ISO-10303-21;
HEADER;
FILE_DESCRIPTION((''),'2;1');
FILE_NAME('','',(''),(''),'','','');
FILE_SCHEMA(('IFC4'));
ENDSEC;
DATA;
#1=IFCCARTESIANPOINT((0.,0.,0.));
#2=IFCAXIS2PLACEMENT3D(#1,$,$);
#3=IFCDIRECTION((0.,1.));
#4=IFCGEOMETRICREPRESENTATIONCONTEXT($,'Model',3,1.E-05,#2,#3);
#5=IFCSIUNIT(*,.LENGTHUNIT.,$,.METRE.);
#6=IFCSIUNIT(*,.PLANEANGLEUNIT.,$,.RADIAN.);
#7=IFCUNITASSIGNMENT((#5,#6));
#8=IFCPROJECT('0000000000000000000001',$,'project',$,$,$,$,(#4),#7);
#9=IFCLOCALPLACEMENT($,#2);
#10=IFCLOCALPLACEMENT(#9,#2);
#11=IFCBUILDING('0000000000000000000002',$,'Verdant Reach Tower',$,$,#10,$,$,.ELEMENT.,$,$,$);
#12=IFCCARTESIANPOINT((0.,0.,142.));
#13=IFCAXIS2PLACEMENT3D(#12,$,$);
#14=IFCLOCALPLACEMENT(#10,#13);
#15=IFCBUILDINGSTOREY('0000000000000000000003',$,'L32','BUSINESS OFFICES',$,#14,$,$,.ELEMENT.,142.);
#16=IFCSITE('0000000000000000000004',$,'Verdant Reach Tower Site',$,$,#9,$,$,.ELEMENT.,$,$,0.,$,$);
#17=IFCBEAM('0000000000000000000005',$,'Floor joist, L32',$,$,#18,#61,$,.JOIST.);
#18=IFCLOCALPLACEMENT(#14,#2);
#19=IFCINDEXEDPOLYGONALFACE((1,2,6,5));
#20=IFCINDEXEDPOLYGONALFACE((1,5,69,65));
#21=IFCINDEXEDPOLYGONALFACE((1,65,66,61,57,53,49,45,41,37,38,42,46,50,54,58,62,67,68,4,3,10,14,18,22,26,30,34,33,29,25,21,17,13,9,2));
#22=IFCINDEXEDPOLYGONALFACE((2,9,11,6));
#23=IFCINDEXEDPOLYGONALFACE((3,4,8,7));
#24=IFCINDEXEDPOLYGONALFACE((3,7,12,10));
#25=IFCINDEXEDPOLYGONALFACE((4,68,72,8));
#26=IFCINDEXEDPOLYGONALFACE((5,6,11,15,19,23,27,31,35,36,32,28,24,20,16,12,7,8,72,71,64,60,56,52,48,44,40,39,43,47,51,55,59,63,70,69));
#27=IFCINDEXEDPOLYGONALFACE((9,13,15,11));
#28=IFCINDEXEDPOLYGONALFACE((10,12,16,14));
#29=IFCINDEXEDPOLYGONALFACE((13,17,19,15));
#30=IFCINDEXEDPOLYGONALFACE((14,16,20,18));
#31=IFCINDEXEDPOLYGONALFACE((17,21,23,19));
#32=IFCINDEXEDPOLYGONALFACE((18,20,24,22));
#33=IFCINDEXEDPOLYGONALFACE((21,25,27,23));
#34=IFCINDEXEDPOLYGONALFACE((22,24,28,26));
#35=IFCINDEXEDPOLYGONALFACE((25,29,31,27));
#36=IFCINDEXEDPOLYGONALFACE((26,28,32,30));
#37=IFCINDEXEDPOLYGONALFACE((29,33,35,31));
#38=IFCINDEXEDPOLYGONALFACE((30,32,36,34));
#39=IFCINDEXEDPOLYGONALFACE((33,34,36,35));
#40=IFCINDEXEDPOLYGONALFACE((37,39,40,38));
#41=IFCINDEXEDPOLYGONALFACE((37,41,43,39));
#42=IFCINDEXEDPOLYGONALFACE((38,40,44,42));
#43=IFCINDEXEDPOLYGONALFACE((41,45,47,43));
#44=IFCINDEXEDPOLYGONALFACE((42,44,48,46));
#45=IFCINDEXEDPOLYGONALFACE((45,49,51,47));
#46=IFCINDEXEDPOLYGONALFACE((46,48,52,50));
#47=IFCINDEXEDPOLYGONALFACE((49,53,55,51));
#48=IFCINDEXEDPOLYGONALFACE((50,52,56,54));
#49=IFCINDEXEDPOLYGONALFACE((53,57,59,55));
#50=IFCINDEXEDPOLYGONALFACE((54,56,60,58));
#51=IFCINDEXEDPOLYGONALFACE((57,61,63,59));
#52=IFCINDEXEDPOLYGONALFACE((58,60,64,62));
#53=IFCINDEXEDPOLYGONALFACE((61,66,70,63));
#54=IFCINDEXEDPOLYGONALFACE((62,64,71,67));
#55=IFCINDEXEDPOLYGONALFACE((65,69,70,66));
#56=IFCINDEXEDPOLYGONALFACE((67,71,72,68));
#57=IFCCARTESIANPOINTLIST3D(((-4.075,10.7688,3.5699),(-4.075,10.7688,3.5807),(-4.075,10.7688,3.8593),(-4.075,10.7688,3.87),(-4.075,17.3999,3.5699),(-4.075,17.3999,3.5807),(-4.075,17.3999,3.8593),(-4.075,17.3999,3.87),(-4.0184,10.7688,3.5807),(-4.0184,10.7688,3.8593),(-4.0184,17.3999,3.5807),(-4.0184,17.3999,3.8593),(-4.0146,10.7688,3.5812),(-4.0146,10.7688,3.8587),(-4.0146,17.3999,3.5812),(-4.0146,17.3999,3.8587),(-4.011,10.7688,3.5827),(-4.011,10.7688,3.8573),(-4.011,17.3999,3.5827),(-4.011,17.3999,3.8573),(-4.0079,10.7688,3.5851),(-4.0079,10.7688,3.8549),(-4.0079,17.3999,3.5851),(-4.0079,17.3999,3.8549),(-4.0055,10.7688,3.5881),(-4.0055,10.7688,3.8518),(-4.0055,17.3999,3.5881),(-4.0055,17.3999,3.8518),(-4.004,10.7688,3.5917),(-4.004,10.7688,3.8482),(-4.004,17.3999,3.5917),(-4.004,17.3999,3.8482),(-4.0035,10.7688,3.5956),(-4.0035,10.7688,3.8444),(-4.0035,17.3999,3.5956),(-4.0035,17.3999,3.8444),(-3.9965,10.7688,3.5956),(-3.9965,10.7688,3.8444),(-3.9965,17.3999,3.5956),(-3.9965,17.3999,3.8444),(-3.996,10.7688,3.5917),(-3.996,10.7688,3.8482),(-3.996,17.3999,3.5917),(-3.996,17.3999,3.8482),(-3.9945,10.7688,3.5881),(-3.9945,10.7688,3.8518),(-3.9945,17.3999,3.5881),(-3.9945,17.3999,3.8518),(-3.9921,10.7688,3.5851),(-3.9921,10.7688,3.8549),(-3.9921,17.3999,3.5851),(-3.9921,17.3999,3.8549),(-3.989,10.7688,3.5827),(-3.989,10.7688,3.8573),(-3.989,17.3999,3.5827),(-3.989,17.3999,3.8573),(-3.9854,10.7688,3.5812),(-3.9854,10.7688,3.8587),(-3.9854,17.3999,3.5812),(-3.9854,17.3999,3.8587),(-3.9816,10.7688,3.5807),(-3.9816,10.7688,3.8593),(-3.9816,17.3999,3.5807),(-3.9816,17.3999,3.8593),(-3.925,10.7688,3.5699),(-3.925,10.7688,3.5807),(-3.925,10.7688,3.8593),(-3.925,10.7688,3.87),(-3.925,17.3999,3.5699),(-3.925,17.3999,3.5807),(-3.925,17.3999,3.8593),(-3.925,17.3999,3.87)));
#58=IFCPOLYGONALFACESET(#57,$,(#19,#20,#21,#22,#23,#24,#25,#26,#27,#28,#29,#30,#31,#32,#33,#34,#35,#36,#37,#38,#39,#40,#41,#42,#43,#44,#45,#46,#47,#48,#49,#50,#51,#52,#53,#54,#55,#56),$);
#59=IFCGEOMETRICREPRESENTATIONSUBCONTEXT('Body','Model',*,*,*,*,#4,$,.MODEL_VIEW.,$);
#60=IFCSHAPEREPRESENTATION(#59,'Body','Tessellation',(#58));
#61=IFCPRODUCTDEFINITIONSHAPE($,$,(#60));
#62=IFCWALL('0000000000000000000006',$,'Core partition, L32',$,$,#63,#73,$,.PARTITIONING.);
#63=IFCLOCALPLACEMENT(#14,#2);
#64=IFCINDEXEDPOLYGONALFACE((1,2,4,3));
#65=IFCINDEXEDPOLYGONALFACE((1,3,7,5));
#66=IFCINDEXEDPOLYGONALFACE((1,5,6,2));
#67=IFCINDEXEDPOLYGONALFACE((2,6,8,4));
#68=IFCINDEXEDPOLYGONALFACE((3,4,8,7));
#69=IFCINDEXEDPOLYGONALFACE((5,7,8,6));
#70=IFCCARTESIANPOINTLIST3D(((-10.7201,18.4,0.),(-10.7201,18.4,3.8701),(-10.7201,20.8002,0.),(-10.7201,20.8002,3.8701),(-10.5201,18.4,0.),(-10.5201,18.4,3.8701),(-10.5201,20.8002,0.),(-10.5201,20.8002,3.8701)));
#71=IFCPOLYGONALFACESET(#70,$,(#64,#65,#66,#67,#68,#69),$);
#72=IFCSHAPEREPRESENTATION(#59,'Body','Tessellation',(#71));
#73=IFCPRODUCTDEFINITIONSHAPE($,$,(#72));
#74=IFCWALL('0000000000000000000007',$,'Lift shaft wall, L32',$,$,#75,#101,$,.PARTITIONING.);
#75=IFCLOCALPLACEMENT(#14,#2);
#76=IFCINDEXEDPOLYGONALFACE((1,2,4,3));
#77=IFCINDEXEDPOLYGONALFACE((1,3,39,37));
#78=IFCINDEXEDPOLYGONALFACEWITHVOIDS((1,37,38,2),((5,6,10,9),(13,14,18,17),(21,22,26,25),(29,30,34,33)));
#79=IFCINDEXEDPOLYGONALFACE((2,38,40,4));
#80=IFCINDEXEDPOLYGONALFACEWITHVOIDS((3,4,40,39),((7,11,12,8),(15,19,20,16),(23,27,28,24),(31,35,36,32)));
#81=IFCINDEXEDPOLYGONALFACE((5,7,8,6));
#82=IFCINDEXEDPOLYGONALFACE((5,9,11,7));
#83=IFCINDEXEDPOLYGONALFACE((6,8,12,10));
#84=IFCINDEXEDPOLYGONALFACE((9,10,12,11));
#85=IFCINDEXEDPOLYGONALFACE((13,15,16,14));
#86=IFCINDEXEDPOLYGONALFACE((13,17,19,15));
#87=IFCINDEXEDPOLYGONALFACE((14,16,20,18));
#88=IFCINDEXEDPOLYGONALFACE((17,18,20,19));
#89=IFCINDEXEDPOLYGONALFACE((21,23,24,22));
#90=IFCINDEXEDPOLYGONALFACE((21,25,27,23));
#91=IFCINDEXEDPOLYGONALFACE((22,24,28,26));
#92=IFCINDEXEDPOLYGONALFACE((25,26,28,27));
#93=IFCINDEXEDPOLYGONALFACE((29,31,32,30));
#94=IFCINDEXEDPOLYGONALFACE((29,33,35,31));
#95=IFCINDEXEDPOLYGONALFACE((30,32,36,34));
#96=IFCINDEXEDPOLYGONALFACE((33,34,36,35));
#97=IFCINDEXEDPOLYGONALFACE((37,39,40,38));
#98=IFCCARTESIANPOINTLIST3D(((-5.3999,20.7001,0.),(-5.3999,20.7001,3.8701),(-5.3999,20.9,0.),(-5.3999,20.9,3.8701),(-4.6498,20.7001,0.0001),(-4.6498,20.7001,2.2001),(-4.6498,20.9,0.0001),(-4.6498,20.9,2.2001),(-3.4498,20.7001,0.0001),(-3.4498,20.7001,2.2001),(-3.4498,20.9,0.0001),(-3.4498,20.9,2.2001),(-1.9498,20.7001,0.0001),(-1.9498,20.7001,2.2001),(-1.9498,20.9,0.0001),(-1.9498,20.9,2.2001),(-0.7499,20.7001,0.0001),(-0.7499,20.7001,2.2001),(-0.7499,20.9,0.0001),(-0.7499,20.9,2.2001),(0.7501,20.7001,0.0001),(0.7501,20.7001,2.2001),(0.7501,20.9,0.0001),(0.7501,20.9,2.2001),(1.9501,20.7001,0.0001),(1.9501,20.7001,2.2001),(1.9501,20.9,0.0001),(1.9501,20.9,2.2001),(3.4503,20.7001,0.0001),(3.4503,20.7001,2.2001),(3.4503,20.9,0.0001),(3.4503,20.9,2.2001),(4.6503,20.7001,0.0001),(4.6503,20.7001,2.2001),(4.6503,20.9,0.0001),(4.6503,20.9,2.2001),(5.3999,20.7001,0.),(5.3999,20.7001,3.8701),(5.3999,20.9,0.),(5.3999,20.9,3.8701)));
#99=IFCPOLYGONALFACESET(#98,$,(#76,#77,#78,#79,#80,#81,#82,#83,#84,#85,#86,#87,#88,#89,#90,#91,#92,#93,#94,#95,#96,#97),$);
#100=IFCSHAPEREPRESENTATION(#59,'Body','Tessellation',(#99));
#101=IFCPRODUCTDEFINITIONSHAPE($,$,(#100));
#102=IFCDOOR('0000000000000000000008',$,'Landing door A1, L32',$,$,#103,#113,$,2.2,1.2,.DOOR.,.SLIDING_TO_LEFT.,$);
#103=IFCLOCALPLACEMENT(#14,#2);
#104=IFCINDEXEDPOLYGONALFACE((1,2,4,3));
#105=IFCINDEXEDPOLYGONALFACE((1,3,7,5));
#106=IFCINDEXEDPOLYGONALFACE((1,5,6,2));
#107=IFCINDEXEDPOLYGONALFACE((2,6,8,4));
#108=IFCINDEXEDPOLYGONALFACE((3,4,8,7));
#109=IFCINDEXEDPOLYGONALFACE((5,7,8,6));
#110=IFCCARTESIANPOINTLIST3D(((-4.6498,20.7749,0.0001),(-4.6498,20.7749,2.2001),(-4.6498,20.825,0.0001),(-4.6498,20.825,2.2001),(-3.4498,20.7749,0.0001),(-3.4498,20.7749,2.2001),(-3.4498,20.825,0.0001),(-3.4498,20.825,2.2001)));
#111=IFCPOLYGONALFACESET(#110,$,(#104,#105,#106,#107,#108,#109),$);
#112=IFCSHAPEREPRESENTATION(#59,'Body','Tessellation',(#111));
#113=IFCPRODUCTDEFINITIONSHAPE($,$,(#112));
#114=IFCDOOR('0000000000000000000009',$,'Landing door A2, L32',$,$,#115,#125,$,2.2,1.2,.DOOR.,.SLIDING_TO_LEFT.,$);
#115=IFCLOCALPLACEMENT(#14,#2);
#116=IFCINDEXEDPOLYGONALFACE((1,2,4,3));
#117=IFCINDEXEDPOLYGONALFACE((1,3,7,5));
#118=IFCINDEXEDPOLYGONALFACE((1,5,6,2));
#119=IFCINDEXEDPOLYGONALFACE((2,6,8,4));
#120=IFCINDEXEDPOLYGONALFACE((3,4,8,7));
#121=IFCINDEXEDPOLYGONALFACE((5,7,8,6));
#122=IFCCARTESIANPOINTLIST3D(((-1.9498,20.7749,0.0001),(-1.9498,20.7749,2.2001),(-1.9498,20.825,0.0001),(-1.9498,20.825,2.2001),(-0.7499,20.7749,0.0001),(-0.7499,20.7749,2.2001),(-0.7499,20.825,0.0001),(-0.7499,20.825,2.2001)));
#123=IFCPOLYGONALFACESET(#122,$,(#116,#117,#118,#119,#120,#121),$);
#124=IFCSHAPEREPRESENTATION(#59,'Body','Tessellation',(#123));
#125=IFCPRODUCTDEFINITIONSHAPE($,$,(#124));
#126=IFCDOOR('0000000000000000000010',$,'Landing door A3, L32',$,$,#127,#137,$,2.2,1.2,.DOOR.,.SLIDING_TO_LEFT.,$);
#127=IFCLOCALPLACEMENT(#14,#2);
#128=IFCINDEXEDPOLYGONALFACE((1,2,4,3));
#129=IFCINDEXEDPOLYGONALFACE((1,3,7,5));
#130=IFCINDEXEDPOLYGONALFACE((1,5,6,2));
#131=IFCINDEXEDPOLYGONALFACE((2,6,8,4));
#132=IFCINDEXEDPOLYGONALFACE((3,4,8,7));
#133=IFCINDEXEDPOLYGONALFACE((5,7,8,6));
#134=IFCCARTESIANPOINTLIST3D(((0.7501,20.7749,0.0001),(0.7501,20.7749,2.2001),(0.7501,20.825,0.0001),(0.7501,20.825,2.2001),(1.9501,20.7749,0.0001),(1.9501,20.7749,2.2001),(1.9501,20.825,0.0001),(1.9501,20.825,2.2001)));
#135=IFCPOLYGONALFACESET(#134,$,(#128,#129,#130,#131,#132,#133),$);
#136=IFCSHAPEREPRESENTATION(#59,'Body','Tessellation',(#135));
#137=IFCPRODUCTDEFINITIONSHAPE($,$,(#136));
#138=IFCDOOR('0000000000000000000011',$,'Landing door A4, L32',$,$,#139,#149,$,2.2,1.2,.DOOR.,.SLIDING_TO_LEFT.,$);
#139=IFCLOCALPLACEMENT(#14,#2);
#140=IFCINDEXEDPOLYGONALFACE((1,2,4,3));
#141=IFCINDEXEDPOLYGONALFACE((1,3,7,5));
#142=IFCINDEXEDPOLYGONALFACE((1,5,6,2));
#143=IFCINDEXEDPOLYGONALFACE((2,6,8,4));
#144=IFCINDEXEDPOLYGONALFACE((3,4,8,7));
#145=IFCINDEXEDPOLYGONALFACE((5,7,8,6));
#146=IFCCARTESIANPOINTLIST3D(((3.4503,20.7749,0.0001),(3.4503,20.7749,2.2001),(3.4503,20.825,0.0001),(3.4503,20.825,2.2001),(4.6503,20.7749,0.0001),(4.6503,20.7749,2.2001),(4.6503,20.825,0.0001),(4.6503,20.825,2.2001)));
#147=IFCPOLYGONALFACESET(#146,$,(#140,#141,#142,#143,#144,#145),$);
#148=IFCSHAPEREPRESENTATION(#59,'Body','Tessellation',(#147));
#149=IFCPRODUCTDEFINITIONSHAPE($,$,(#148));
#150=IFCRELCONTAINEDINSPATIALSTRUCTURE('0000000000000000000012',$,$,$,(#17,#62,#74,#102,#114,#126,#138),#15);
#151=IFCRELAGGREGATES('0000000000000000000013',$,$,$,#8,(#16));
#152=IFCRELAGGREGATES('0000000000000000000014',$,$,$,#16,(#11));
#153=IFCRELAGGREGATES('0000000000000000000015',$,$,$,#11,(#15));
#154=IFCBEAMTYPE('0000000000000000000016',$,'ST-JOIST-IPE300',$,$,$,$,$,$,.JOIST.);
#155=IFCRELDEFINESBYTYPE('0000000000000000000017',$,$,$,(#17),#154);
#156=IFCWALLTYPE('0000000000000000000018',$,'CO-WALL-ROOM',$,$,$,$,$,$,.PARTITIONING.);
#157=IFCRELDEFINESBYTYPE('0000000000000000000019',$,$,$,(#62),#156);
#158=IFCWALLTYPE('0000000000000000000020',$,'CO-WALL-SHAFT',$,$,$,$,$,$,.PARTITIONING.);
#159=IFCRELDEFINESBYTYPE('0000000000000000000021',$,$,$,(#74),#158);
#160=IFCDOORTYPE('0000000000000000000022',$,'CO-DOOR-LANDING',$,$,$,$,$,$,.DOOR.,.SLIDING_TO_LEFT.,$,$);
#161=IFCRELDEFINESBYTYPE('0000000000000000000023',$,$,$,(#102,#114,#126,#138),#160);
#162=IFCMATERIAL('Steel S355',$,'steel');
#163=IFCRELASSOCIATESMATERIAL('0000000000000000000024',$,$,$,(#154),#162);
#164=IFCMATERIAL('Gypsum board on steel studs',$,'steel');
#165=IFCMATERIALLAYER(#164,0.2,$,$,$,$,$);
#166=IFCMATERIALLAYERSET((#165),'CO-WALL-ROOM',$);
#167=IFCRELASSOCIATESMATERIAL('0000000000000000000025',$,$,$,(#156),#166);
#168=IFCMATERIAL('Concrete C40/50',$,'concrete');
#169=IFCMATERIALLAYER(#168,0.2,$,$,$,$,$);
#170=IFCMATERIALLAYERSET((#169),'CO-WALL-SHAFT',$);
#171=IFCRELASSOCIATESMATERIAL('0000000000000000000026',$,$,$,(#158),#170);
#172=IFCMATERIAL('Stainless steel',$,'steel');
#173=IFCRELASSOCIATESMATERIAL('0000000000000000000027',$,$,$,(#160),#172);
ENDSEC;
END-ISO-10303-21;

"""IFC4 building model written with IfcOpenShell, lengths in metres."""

from ifc_helpers import new_model, si_unit, direction, frame, frame_2d, origin, origin_2d, place, context, subcontext, project, spatial, rectangle, i_section, extrude, material, layer, layer_set, material_profile, profile_set, type_object, element, fill, save


model = new_model("IFC4")

# Units and contexts
model_context = context("Model", 3, precision=1e-05, world=origin(), true_north=direction((0.0, 1.0)))
body_context = subcontext(model_context, "Body", "Model", "MODEL_VIEW")
ifc_project = project(units=[si_unit("LENGTHUNIT", "METRE"), si_unit("PLANEANGLEUNIT", "RADIAN")], contexts=[model_context])

# Site, building, storey
site_placement = place(None, origin())
site = spatial("IfcSite", under=ifc_project, at=site_placement, Name="Verdant Reach Tower Site", CompositionType="ELEMENT", RefElevation=0.0)
building_placement = place(site_placement, origin())
building = spatial("IfcBuilding", under=site, at=building_placement, Name="Verdant Reach Tower", CompositionType="ELEMENT")
storey_placement = place(building_placement, frame((0.0, 0.0, 142.0)))
storey = spatial("IfcBuildingStorey", under=building, at=storey_placement, Name="L32", Description="BUSINESS OFFICES", CompositionType="ELEMENT", Elevation=142.0)

# Beam
ifc_material_1 = material(Name="Steel S355", Category="steel")
ifc_material_profile = material_profile(ifc_material_1, i_section(OverallWidth=0.1499, OverallDepth=0.3, WebThickness=0.0071, FlangeThickness=0.0107, FilletRadius=0.0149, at=origin_2d()), Name="IPE 300")
ifc_profile_set = profile_set([ifc_material_profile], Name="Steel S355")
beam_type = type_object("IfcBeamType", Name="ST-JOIST-IPE300", PredefinedType="JOIST", material=ifc_profile_set)
beam_placement = place(storey_placement, frame((-4.0, 17.3999, 3.72), z_axis=(0.0, -1.0, 0.0), x_axis=(1.0, 0.0, 0.0)))
element("IfcBeam", 1, at=beam_placement, inside=storey, type_object=beam_type, Name="Floor joist, L32", PredefinedType="JOIST", context=body_context, shape_type="SweptSolid", body=[
    extrude(i_section(OverallWidth=0.1499, OverallDepth=0.3, WebThickness=0.0071, FlangeThickness=0.0107, FilletRadius=0.0149, at=origin_2d()), origin(), (0.0, 0.0, 1.0), 6.6311),
])

# Wall
ifc_material_2 = material(Name="Gypsum board on steel studs", Category="steel")
ifc_layer_1 = layer(ifc_material_2, 0.2)
ifc_layer_set_1 = layer_set([ifc_layer_1], Name="CO-WALL-ROOM")
wall_type_1 = type_object("IfcWallType", Name="CO-WALL-ROOM", PredefinedType="PARTITIONING", material=ifc_layer_set_1)
wall_1_placement = place(storey_placement, frame((-10.6201, 18.3999, 0.0), z_axis=(0.0, 0.0, 1.0), x_axis=(0.0, 1.0, 0.0)))
element("IfcWall", 2, at=wall_1_placement, inside=storey, type_object=wall_type_1, Name="Core partition, L32", PredefinedType="PARTITIONING", context=body_context, shape_type="SweptSolid", body=[
    extrude(rectangle(XDim=2.4001, YDim=0.2, at=frame_2d((1.2002, 0.0))), origin(), (0.0, 0.0, 1.0), 3.8701),
])

# Wall, openings, doors
ifc_material_3 = material(Name="Concrete C40/50", Category="concrete")
ifc_layer_2 = layer(ifc_material_3, 0.2)
ifc_layer_set_2 = layer_set([ifc_layer_2], Name="CO-WALL-SHAFT")
wall_type_2 = type_object("IfcWallType", Name="CO-WALL-SHAFT", PredefinedType="PARTITIONING", material=ifc_layer_set_2)
wall_2_placement = place(storey_placement, frame((-5.3999, 20.8, 0.0), z_axis=(0.0, 0.0, 1.0), x_axis=(1.0, 0.0, 0.0)))
wall_2 = element("IfcWall", 3, at=wall_2_placement, inside=storey, type_object=wall_type_2, Name="Lift shaft wall, L32", PredefinedType="PARTITIONING", context=body_context, shape_type="SweptSolid", body=[
    extrude(rectangle(XDim=10.7998, YDim=0.2, at=frame_2d((5.3999, 0.0))), origin(), (0.0, 0.0, 1.0), 3.8701),
])
opening_1_placement = place(wall_2_placement, frame((0.75, 0.0, 0.0)))
opening_1 = element("IfcOpeningElement", 4, at=opening_1_placement, cuts=wall_2, PredefinedType="OPENING", context=body_context, shape_type="SweptSolid", body=[
    extrude(rectangle(XDim=1.2, YDim=2.2, at=frame_2d((0.6001, 1.1001))), frame((0.0, 0.1099, 0.0), z_axis=(0.0, -1.0, 0.0), x_axis=(1.0, 0.0, 0.0)), (0.0, 0.0, 1.0), 0.22),
])
opening_2_placement = place(wall_2_placement, frame((3.45, 0.0, 0.0)))
opening_2 = element("IfcOpeningElement", 5, at=opening_2_placement, cuts=wall_2, PredefinedType="OPENING", context=body_context, shape_type="SweptSolid", body=[
    extrude(rectangle(XDim=1.2, YDim=2.2, at=frame_2d((0.6001, 1.1001))), frame((0.0, 0.1099, 0.0), z_axis=(0.0, -1.0, 0.0), x_axis=(1.0, 0.0, 0.0)), (0.0, 0.0, 1.0), 0.22),
])
opening_3_placement = place(wall_2_placement, frame((6.1499, 0.0, 0.0)))
opening_3 = element("IfcOpeningElement", 6, at=opening_3_placement, cuts=wall_2, PredefinedType="OPENING", context=body_context, shape_type="SweptSolid", body=[
    extrude(rectangle(XDim=1.2, YDim=2.2, at=frame_2d((0.6001, 1.1001))), frame((0.0, 0.1099, 0.0), z_axis=(0.0, -1.0, 0.0), x_axis=(1.0, 0.0, 0.0)), (0.0, 0.0, 1.0), 0.22),
])
opening_4_placement = place(wall_2_placement, frame((8.8501, 0.0, 0.0)))
opening_4 = element("IfcOpeningElement", 7, at=opening_4_placement, cuts=wall_2, PredefinedType="OPENING", context=body_context, shape_type="SweptSolid", body=[
    extrude(rectangle(XDim=1.2, YDim=2.2, at=frame_2d((0.6001, 1.1001))), frame((0.0, 0.1099, 0.0), z_axis=(0.0, -1.0, 0.0), x_axis=(1.0, 0.0, 0.0)), (0.0, 0.0, 1.0), 0.22),
])
ifc_material_4 = material(Name="Stainless steel", Category="steel")
door_type_1 = type_object("IfcDoorType", Name="CO-DOOR-LANDING", OperationType="SLIDING_TO_LEFT", PredefinedType="DOOR", material=ifc_material_4)
door_1_placement = place(opening_1_placement, origin())
door_1 = element("IfcDoor", 8, at=door_1_placement, inside=storey, type_object=door_type_1, Name="Landing door A1, L32", OperationType="SLIDING_TO_LEFT", OverallHeight=2.2, OverallWidth=1.2, PredefinedType="DOOR", context=body_context, shape_type="SweptSolid", body=[
    extrude(rectangle(XDim=1.2, YDim=2.2, at=frame_2d((0.6001, 1.1001))), frame((0.0, 0.0249, 0.0), z_axis=(0.0, -1.0, 0.0), x_axis=(1.0, 0.0, 0.0)), (0.0, 0.0, 1.0), 0.05),
])
fill(opening_1, door_1)
door_2_placement = place(opening_2_placement, origin())
door_2 = element("IfcDoor", 9, at=door_2_placement, inside=storey, type_object=door_type_1, Name="Landing door A2, L32", OperationType="SLIDING_TO_LEFT", OverallHeight=2.2, OverallWidth=1.2, PredefinedType="DOOR", context=body_context, shape_type="SweptSolid", body=[
    extrude(rectangle(XDim=1.2, YDim=2.2, at=frame_2d((0.6001, 1.1001))), frame((0.0, 0.0249, 0.0), z_axis=(0.0, -1.0, 0.0), x_axis=(1.0, 0.0, 0.0)), (0.0, 0.0, 1.0), 0.05),
])
fill(opening_2, door_2)
door_3_placement = place(opening_3_placement, origin())
door_3 = element("IfcDoor", 10, at=door_3_placement, inside=storey, type_object=door_type_1, Name="Landing door A3, L32", OperationType="SLIDING_TO_LEFT", OverallHeight=2.2, OverallWidth=1.2, PredefinedType="DOOR", context=body_context, shape_type="SweptSolid", body=[
    extrude(rectangle(XDim=1.2, YDim=2.2, at=frame_2d((0.6001, 1.1001))), frame((0.0, 0.0249, 0.0), z_axis=(0.0, -1.0, 0.0), x_axis=(1.0, 0.0, 0.0)), (0.0, 0.0, 1.0), 0.05),
])
fill(opening_3, door_3)
door_4_placement = place(opening_4_placement, origin())
door_4 = element("IfcDoor", 11, at=door_4_placement, inside=storey, type_object=door_type_1, Name="Landing door A4, L32", OperationType="SLIDING_TO_LEFT", OverallHeight=2.2, OverallWidth=1.2, PredefinedType="DOOR", context=body_context, shape_type="SweptSolid", body=[
    extrude(rectangle(XDim=1.2, YDim=2.2, at=frame_2d((0.6001, 1.1001))), frame((0.0, 0.0249, 0.0), z_axis=(0.0, -1.0, 0.0), x_axis=(1.0, 0.0, 0.0)), (0.0, 0.0, 1.0), 0.05),
])
fill(opening_4, door_4)

save(model, "model.ifc")
